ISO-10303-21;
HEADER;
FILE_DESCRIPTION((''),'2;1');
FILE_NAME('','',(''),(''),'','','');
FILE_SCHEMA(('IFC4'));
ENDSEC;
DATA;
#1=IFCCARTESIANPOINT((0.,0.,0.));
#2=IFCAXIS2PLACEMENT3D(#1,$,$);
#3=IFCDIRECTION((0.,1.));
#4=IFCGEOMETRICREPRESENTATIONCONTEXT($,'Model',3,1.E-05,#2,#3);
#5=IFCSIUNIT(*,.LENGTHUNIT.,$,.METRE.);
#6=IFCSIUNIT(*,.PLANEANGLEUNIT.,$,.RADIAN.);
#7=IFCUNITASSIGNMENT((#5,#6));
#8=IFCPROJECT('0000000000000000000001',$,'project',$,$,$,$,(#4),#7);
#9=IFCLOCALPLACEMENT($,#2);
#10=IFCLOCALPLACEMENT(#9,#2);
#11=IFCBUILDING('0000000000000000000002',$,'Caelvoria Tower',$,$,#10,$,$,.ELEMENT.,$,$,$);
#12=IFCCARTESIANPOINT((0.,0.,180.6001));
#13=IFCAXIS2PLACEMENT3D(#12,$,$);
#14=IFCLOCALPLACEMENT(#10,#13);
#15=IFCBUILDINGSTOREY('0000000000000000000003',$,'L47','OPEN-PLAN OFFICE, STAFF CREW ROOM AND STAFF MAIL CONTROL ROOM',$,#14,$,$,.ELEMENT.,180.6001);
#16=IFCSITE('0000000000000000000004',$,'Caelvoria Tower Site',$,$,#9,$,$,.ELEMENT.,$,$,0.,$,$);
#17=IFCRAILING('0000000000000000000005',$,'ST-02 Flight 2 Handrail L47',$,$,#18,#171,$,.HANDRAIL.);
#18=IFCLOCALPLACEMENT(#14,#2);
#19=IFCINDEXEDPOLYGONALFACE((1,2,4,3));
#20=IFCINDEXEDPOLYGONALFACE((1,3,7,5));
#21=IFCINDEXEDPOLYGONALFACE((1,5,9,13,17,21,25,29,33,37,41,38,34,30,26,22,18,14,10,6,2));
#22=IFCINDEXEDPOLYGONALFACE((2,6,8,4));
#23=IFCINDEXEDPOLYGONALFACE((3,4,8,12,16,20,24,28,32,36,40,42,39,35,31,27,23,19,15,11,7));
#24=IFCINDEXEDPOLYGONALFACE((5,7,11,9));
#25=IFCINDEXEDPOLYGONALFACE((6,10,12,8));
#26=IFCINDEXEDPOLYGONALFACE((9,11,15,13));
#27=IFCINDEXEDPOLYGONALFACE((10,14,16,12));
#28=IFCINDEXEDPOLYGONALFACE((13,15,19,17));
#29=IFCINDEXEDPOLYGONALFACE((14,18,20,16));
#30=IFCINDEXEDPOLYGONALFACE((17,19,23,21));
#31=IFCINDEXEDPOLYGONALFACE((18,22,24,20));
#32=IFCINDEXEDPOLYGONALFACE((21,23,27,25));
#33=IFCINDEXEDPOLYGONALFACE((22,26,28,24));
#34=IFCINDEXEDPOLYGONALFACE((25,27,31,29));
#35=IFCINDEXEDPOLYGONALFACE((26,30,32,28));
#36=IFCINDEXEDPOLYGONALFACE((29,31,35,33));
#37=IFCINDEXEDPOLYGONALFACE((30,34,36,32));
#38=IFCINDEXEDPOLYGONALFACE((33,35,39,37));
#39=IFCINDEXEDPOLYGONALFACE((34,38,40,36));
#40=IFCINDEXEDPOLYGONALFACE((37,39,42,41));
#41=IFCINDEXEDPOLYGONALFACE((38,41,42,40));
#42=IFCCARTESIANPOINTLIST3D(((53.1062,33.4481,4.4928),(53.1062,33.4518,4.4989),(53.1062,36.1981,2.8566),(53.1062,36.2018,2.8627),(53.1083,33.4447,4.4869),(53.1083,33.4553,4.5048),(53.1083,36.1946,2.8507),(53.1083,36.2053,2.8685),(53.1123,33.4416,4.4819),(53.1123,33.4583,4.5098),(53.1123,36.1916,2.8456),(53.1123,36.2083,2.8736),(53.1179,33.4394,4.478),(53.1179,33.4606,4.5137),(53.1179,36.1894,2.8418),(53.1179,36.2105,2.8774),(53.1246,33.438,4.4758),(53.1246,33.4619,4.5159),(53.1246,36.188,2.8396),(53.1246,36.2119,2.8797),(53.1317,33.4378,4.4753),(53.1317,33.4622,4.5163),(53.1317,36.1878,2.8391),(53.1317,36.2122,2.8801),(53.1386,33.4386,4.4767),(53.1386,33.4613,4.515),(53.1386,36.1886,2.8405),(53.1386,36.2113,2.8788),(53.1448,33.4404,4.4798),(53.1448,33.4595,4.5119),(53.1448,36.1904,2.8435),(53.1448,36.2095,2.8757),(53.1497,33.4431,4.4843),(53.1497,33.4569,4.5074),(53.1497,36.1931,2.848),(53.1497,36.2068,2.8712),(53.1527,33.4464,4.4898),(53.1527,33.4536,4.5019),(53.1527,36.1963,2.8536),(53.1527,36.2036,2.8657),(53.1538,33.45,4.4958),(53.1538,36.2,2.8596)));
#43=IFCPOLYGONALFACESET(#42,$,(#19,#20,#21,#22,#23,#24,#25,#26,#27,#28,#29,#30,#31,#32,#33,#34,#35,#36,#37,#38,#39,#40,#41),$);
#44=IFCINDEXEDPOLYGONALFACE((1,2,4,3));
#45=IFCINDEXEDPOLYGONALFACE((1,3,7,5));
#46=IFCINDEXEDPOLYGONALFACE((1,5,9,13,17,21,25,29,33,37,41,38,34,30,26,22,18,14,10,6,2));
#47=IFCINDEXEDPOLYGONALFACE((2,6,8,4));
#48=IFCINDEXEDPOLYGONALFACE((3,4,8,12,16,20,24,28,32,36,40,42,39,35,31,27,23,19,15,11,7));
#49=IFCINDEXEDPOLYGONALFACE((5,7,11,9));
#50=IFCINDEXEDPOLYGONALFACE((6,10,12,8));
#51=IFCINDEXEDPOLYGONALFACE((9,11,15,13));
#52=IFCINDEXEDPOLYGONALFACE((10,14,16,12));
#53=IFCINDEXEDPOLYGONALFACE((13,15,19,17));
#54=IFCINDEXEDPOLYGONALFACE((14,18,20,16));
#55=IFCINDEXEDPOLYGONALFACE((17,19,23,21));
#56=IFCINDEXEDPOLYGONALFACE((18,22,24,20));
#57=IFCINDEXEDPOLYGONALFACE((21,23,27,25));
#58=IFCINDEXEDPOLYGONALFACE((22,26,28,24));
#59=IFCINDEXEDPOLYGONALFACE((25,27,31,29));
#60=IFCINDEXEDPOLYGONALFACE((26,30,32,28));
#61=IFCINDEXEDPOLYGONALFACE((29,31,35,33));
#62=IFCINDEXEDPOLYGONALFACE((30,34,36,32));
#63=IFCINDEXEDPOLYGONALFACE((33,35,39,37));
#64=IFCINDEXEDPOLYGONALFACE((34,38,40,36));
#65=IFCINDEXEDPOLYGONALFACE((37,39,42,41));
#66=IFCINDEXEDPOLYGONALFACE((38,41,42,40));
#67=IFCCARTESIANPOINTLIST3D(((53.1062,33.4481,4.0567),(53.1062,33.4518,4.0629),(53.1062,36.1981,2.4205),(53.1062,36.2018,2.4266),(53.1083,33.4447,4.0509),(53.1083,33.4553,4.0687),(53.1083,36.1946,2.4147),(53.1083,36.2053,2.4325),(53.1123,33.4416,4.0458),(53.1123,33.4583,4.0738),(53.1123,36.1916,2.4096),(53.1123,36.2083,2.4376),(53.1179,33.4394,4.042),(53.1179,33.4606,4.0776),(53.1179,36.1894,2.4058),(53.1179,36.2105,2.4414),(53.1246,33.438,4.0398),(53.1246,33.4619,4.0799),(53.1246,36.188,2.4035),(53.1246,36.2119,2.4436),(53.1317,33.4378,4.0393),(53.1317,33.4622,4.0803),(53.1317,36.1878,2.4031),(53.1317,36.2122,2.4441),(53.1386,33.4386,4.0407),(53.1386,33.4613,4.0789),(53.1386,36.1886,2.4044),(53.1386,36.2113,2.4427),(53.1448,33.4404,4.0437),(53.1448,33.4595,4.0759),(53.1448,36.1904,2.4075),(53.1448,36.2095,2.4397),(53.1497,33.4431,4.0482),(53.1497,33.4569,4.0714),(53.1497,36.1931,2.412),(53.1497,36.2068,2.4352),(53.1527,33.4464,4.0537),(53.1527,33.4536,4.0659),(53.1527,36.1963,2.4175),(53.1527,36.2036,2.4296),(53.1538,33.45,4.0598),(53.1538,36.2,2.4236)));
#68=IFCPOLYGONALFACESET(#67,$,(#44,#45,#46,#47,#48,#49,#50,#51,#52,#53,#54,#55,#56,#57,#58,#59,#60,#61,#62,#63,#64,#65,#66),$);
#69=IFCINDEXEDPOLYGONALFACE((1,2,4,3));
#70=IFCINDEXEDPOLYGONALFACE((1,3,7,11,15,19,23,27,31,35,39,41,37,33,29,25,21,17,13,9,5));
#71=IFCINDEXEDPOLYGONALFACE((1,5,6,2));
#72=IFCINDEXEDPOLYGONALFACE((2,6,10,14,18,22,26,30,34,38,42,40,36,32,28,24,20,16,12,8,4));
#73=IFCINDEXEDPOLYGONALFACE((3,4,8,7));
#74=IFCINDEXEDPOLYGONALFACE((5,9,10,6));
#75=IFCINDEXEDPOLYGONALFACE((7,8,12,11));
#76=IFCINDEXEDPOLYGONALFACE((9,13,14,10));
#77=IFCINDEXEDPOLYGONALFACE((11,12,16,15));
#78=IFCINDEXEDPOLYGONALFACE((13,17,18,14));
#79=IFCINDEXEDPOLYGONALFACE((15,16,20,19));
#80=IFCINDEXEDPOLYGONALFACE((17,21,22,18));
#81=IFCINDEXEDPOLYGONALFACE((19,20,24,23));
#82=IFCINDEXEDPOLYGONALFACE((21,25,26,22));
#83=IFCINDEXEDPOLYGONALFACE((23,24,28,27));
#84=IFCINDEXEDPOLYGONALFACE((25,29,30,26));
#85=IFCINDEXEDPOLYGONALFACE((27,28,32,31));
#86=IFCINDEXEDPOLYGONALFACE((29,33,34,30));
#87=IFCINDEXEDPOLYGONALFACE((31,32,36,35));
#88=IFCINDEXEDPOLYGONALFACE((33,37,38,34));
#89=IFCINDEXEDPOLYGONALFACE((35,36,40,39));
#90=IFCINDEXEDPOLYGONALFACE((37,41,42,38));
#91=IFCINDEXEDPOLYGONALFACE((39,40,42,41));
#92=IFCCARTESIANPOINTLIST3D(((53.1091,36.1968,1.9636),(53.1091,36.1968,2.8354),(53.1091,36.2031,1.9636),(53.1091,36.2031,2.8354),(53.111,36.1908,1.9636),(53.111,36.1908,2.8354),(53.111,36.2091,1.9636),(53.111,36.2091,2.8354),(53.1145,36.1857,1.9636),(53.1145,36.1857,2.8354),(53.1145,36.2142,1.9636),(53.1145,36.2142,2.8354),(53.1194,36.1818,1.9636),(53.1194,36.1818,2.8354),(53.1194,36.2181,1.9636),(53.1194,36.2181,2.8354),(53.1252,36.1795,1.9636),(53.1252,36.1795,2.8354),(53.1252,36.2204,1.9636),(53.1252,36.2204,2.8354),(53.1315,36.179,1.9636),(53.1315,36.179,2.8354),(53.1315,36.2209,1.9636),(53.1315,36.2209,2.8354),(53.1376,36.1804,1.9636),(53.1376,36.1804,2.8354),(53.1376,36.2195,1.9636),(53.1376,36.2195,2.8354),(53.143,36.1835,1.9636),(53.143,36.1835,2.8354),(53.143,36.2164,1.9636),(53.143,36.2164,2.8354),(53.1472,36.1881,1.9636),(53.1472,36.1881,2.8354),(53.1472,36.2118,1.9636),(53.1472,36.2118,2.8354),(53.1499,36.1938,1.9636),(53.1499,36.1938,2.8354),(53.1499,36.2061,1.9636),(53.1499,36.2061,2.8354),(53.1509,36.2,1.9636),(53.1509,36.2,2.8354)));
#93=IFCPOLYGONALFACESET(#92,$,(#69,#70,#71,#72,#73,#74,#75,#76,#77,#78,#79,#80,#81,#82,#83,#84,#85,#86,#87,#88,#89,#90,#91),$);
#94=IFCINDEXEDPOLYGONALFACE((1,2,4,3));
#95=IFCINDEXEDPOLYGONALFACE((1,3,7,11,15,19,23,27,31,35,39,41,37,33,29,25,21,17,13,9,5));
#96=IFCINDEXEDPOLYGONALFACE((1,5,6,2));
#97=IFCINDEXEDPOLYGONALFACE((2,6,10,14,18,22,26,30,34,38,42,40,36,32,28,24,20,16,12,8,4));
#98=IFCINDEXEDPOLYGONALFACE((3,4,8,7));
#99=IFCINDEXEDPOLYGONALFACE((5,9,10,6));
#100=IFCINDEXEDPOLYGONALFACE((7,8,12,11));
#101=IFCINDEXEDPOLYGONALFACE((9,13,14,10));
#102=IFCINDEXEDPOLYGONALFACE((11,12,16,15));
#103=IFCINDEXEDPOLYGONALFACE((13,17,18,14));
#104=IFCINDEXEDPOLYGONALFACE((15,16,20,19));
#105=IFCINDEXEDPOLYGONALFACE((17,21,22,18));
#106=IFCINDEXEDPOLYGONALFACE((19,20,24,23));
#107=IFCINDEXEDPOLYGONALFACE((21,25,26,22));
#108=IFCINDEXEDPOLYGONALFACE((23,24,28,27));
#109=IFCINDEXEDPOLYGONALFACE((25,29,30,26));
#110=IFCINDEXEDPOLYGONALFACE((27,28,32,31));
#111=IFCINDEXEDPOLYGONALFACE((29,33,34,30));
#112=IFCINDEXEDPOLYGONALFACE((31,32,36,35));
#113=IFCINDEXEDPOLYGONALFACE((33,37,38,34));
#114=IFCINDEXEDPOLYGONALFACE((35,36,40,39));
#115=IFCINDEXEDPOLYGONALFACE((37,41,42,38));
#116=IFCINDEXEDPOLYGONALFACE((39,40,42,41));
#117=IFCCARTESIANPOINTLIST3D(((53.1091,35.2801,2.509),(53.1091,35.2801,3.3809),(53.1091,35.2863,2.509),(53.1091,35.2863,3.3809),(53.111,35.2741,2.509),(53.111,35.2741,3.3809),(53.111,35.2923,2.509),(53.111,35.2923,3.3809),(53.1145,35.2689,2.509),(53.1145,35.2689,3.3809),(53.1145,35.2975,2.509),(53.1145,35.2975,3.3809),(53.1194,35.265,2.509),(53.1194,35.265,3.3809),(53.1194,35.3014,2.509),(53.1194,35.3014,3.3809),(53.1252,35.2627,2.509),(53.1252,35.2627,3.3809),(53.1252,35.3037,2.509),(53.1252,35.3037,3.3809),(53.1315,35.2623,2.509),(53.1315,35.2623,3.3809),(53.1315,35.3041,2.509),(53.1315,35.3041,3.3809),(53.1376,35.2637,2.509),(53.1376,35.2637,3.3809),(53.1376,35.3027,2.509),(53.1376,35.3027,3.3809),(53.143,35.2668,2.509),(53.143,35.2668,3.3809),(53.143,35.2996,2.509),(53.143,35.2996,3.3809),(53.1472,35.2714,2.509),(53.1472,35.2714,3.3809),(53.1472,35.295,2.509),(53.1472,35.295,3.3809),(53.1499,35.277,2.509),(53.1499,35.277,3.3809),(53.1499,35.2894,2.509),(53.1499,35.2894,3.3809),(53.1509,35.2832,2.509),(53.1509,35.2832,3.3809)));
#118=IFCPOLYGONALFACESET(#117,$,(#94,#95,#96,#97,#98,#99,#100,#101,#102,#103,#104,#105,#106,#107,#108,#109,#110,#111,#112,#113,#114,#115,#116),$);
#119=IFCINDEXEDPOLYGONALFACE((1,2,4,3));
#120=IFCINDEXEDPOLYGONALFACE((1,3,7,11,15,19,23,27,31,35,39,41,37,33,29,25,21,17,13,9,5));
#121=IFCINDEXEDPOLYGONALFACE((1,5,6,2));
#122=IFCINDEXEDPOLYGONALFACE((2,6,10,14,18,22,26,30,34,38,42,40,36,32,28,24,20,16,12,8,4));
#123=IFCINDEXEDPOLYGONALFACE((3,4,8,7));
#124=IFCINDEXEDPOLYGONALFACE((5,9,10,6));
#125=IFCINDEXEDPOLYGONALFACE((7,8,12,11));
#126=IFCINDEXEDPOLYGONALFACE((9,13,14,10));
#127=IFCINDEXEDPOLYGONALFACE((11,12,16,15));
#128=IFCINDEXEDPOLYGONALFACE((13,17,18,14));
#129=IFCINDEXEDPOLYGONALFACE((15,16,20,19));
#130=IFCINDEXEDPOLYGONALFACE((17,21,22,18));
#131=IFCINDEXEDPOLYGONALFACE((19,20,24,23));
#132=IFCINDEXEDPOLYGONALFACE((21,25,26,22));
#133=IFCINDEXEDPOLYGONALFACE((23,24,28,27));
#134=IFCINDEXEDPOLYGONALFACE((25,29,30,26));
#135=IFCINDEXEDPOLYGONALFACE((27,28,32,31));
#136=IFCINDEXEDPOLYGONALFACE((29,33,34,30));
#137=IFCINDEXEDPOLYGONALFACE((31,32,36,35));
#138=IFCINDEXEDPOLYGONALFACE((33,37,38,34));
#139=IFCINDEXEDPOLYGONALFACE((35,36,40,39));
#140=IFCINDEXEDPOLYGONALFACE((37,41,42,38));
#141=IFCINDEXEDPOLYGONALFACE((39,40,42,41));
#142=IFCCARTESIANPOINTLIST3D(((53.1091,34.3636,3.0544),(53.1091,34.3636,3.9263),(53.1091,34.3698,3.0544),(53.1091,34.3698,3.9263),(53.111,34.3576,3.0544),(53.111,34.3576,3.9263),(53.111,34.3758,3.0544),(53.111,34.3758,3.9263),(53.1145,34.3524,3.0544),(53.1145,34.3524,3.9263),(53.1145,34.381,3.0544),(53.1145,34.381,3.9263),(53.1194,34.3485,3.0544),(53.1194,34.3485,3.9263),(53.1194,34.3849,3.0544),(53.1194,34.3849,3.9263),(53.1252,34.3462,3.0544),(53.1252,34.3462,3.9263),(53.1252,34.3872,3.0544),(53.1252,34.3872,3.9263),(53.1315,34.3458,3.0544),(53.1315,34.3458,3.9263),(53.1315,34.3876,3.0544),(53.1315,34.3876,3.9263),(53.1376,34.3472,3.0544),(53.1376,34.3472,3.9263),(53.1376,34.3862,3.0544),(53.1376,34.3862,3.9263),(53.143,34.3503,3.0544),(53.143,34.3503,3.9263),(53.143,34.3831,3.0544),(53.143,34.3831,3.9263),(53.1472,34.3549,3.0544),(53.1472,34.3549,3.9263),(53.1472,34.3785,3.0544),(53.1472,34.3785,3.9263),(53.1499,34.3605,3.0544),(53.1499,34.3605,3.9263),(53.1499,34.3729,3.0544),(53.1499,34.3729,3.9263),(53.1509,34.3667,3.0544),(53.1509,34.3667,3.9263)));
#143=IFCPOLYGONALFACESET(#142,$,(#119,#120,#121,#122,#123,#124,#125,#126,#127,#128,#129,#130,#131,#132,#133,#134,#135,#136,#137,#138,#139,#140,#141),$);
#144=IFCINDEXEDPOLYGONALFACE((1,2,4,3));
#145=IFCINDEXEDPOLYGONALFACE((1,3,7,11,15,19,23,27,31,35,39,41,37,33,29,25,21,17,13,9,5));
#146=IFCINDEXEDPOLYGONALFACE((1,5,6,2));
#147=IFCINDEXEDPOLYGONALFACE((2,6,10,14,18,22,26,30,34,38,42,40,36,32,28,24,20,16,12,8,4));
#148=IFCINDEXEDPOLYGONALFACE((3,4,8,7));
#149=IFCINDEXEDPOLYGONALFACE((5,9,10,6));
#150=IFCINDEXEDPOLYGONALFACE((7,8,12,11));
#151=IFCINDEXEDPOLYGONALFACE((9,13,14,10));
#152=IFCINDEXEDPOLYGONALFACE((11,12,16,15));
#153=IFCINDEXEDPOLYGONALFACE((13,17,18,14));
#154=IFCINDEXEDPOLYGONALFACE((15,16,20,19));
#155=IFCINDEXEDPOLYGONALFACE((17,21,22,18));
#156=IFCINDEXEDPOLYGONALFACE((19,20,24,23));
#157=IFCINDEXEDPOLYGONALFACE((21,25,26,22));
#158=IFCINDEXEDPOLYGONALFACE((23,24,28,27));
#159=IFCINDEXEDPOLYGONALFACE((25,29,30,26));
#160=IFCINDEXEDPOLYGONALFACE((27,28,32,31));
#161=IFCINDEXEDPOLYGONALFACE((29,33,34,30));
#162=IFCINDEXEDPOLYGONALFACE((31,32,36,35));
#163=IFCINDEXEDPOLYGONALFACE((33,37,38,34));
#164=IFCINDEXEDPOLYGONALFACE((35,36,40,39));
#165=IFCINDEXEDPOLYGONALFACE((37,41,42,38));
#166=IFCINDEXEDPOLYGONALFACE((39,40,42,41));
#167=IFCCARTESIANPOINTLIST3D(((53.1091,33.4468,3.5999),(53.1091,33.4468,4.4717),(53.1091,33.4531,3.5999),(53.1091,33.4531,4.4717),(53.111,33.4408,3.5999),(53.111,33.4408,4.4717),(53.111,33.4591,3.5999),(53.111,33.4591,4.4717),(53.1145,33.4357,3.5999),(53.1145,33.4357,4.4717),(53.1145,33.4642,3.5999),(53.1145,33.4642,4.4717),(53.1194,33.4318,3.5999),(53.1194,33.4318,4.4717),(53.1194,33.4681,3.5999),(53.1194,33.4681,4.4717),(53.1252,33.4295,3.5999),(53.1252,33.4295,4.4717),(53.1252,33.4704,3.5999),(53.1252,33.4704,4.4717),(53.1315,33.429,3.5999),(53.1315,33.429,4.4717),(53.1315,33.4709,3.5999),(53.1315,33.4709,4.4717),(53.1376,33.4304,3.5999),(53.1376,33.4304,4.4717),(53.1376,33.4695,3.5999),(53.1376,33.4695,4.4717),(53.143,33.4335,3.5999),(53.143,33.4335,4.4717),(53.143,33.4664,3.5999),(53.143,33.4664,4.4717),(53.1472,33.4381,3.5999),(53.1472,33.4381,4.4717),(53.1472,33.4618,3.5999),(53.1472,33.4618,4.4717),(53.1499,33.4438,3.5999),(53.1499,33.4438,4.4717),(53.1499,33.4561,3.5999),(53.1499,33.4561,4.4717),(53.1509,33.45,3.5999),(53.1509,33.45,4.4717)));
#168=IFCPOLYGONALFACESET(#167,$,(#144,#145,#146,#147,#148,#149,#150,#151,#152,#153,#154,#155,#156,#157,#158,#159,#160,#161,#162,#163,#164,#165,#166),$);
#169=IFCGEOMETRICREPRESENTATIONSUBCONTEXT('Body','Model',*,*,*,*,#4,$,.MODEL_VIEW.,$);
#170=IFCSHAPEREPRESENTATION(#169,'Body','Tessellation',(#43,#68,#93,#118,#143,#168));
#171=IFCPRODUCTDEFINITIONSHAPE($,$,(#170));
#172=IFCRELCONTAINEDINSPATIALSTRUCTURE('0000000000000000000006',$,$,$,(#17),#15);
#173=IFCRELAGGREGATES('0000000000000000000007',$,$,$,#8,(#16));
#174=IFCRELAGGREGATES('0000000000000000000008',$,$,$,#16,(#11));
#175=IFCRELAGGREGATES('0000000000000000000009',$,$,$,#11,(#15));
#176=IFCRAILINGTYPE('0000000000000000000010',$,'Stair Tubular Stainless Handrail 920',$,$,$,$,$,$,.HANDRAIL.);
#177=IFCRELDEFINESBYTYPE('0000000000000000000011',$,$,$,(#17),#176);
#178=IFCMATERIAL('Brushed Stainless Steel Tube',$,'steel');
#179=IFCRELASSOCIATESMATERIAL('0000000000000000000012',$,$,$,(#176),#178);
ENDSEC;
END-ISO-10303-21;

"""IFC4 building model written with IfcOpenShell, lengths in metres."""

from ifc_helpers import new_model, si_unit, direction, frame, origin, origin_2d, place, context, subcontext, project, spatial, circle, extrude, material, type_object, element, save


model = new_model("IFC4")

# Units and contexts
model_context = context("Model", 3, precision=1e-05, world=origin(), true_north=direction((0.0, 1.0)))
body_context = subcontext(model_context, "Body", "Model", "MODEL_VIEW")
ifc_project = project(units=[si_unit("LENGTHUNIT", "METRE"), si_unit("PLANEANGLEUNIT", "RADIAN")], contexts=[model_context])

# Site, building, storey
site_placement = place(None, origin())
site = spatial("IfcSite", under=ifc_project, at=site_placement, Name="Caelvoria Tower Site", CompositionType="ELEMENT", RefElevation=0.0)
building_placement = place(site_placement, origin())
building = spatial("IfcBuilding", under=site, at=building_placement, Name="Caelvoria Tower", CompositionType="ELEMENT")
storey_placement = place(building_placement, frame((0.0, 0.0, 180.6001)))
storey = spatial("IfcBuildingStorey", under=building, at=storey_placement, Name="L47", Description="OPEN-PLAN OFFICE, STAFF CREW ROOM AND STAFF MAIL CONTROL ROOM", CompositionType="ELEMENT", Elevation=180.6001)

# Railing
ifc_material_1 = material(Name="Brushed Stainless Steel Tube", Category="steel")
railing_type_1 = type_object("IfcRailingType", Name="Stair Tubular Stainless Handrail 920", PredefinedType="HANDRAIL", material=ifc_material_1)
railing_1_placement = place(storey_placement, frame((53.1299, 36.2, 1.9636)))
element("IfcRailing", 1, at=railing_1_placement, inside=storey, type_object=railing_type_1, Name="ST-02 Flight 2 Handrail L47", PredefinedType="HANDRAIL", context=body_context, shape_type="SweptSolid", body=[
    extrude(circle(Radius=0.0239, at=origin_2d()), frame((0.0, 0.0, 0.896), z_axis=(0.0, -0.859385, 0.511328), x_axis=(1.0, 0.0, 0.0)), (0.0, 0.0, 1.0), 3.2),
    extrude(circle(Radius=0.0239, at=origin_2d()), frame((0.0, 0.0, 0.46), z_axis=(0.0, -0.859385, 0.511328), x_axis=(1.0, 0.0, 0.0)), (0.0, 0.0, 1.0), 3.2),
    extrude(circle(Radius=0.021, at=origin_2d()), origin(), (0.0, 0.0, 1.0), 0.8718),
    extrude(circle(Radius=0.021, at=origin_2d()), frame((0.0, -0.9167, 0.5454)), (0.0, 0.0, 1.0), 0.8718),
    extrude(circle(Radius=0.021, at=origin_2d()), frame((0.0, -1.8333, 1.0908)), (0.0, 0.0, 1.0), 0.8718),
    extrude(circle(Radius=0.021, at=origin_2d()), frame((0.0, -2.75, 1.6362)), (0.0, 0.0, 1.0), 0.8718),
])

save(model, "model.ifc")
